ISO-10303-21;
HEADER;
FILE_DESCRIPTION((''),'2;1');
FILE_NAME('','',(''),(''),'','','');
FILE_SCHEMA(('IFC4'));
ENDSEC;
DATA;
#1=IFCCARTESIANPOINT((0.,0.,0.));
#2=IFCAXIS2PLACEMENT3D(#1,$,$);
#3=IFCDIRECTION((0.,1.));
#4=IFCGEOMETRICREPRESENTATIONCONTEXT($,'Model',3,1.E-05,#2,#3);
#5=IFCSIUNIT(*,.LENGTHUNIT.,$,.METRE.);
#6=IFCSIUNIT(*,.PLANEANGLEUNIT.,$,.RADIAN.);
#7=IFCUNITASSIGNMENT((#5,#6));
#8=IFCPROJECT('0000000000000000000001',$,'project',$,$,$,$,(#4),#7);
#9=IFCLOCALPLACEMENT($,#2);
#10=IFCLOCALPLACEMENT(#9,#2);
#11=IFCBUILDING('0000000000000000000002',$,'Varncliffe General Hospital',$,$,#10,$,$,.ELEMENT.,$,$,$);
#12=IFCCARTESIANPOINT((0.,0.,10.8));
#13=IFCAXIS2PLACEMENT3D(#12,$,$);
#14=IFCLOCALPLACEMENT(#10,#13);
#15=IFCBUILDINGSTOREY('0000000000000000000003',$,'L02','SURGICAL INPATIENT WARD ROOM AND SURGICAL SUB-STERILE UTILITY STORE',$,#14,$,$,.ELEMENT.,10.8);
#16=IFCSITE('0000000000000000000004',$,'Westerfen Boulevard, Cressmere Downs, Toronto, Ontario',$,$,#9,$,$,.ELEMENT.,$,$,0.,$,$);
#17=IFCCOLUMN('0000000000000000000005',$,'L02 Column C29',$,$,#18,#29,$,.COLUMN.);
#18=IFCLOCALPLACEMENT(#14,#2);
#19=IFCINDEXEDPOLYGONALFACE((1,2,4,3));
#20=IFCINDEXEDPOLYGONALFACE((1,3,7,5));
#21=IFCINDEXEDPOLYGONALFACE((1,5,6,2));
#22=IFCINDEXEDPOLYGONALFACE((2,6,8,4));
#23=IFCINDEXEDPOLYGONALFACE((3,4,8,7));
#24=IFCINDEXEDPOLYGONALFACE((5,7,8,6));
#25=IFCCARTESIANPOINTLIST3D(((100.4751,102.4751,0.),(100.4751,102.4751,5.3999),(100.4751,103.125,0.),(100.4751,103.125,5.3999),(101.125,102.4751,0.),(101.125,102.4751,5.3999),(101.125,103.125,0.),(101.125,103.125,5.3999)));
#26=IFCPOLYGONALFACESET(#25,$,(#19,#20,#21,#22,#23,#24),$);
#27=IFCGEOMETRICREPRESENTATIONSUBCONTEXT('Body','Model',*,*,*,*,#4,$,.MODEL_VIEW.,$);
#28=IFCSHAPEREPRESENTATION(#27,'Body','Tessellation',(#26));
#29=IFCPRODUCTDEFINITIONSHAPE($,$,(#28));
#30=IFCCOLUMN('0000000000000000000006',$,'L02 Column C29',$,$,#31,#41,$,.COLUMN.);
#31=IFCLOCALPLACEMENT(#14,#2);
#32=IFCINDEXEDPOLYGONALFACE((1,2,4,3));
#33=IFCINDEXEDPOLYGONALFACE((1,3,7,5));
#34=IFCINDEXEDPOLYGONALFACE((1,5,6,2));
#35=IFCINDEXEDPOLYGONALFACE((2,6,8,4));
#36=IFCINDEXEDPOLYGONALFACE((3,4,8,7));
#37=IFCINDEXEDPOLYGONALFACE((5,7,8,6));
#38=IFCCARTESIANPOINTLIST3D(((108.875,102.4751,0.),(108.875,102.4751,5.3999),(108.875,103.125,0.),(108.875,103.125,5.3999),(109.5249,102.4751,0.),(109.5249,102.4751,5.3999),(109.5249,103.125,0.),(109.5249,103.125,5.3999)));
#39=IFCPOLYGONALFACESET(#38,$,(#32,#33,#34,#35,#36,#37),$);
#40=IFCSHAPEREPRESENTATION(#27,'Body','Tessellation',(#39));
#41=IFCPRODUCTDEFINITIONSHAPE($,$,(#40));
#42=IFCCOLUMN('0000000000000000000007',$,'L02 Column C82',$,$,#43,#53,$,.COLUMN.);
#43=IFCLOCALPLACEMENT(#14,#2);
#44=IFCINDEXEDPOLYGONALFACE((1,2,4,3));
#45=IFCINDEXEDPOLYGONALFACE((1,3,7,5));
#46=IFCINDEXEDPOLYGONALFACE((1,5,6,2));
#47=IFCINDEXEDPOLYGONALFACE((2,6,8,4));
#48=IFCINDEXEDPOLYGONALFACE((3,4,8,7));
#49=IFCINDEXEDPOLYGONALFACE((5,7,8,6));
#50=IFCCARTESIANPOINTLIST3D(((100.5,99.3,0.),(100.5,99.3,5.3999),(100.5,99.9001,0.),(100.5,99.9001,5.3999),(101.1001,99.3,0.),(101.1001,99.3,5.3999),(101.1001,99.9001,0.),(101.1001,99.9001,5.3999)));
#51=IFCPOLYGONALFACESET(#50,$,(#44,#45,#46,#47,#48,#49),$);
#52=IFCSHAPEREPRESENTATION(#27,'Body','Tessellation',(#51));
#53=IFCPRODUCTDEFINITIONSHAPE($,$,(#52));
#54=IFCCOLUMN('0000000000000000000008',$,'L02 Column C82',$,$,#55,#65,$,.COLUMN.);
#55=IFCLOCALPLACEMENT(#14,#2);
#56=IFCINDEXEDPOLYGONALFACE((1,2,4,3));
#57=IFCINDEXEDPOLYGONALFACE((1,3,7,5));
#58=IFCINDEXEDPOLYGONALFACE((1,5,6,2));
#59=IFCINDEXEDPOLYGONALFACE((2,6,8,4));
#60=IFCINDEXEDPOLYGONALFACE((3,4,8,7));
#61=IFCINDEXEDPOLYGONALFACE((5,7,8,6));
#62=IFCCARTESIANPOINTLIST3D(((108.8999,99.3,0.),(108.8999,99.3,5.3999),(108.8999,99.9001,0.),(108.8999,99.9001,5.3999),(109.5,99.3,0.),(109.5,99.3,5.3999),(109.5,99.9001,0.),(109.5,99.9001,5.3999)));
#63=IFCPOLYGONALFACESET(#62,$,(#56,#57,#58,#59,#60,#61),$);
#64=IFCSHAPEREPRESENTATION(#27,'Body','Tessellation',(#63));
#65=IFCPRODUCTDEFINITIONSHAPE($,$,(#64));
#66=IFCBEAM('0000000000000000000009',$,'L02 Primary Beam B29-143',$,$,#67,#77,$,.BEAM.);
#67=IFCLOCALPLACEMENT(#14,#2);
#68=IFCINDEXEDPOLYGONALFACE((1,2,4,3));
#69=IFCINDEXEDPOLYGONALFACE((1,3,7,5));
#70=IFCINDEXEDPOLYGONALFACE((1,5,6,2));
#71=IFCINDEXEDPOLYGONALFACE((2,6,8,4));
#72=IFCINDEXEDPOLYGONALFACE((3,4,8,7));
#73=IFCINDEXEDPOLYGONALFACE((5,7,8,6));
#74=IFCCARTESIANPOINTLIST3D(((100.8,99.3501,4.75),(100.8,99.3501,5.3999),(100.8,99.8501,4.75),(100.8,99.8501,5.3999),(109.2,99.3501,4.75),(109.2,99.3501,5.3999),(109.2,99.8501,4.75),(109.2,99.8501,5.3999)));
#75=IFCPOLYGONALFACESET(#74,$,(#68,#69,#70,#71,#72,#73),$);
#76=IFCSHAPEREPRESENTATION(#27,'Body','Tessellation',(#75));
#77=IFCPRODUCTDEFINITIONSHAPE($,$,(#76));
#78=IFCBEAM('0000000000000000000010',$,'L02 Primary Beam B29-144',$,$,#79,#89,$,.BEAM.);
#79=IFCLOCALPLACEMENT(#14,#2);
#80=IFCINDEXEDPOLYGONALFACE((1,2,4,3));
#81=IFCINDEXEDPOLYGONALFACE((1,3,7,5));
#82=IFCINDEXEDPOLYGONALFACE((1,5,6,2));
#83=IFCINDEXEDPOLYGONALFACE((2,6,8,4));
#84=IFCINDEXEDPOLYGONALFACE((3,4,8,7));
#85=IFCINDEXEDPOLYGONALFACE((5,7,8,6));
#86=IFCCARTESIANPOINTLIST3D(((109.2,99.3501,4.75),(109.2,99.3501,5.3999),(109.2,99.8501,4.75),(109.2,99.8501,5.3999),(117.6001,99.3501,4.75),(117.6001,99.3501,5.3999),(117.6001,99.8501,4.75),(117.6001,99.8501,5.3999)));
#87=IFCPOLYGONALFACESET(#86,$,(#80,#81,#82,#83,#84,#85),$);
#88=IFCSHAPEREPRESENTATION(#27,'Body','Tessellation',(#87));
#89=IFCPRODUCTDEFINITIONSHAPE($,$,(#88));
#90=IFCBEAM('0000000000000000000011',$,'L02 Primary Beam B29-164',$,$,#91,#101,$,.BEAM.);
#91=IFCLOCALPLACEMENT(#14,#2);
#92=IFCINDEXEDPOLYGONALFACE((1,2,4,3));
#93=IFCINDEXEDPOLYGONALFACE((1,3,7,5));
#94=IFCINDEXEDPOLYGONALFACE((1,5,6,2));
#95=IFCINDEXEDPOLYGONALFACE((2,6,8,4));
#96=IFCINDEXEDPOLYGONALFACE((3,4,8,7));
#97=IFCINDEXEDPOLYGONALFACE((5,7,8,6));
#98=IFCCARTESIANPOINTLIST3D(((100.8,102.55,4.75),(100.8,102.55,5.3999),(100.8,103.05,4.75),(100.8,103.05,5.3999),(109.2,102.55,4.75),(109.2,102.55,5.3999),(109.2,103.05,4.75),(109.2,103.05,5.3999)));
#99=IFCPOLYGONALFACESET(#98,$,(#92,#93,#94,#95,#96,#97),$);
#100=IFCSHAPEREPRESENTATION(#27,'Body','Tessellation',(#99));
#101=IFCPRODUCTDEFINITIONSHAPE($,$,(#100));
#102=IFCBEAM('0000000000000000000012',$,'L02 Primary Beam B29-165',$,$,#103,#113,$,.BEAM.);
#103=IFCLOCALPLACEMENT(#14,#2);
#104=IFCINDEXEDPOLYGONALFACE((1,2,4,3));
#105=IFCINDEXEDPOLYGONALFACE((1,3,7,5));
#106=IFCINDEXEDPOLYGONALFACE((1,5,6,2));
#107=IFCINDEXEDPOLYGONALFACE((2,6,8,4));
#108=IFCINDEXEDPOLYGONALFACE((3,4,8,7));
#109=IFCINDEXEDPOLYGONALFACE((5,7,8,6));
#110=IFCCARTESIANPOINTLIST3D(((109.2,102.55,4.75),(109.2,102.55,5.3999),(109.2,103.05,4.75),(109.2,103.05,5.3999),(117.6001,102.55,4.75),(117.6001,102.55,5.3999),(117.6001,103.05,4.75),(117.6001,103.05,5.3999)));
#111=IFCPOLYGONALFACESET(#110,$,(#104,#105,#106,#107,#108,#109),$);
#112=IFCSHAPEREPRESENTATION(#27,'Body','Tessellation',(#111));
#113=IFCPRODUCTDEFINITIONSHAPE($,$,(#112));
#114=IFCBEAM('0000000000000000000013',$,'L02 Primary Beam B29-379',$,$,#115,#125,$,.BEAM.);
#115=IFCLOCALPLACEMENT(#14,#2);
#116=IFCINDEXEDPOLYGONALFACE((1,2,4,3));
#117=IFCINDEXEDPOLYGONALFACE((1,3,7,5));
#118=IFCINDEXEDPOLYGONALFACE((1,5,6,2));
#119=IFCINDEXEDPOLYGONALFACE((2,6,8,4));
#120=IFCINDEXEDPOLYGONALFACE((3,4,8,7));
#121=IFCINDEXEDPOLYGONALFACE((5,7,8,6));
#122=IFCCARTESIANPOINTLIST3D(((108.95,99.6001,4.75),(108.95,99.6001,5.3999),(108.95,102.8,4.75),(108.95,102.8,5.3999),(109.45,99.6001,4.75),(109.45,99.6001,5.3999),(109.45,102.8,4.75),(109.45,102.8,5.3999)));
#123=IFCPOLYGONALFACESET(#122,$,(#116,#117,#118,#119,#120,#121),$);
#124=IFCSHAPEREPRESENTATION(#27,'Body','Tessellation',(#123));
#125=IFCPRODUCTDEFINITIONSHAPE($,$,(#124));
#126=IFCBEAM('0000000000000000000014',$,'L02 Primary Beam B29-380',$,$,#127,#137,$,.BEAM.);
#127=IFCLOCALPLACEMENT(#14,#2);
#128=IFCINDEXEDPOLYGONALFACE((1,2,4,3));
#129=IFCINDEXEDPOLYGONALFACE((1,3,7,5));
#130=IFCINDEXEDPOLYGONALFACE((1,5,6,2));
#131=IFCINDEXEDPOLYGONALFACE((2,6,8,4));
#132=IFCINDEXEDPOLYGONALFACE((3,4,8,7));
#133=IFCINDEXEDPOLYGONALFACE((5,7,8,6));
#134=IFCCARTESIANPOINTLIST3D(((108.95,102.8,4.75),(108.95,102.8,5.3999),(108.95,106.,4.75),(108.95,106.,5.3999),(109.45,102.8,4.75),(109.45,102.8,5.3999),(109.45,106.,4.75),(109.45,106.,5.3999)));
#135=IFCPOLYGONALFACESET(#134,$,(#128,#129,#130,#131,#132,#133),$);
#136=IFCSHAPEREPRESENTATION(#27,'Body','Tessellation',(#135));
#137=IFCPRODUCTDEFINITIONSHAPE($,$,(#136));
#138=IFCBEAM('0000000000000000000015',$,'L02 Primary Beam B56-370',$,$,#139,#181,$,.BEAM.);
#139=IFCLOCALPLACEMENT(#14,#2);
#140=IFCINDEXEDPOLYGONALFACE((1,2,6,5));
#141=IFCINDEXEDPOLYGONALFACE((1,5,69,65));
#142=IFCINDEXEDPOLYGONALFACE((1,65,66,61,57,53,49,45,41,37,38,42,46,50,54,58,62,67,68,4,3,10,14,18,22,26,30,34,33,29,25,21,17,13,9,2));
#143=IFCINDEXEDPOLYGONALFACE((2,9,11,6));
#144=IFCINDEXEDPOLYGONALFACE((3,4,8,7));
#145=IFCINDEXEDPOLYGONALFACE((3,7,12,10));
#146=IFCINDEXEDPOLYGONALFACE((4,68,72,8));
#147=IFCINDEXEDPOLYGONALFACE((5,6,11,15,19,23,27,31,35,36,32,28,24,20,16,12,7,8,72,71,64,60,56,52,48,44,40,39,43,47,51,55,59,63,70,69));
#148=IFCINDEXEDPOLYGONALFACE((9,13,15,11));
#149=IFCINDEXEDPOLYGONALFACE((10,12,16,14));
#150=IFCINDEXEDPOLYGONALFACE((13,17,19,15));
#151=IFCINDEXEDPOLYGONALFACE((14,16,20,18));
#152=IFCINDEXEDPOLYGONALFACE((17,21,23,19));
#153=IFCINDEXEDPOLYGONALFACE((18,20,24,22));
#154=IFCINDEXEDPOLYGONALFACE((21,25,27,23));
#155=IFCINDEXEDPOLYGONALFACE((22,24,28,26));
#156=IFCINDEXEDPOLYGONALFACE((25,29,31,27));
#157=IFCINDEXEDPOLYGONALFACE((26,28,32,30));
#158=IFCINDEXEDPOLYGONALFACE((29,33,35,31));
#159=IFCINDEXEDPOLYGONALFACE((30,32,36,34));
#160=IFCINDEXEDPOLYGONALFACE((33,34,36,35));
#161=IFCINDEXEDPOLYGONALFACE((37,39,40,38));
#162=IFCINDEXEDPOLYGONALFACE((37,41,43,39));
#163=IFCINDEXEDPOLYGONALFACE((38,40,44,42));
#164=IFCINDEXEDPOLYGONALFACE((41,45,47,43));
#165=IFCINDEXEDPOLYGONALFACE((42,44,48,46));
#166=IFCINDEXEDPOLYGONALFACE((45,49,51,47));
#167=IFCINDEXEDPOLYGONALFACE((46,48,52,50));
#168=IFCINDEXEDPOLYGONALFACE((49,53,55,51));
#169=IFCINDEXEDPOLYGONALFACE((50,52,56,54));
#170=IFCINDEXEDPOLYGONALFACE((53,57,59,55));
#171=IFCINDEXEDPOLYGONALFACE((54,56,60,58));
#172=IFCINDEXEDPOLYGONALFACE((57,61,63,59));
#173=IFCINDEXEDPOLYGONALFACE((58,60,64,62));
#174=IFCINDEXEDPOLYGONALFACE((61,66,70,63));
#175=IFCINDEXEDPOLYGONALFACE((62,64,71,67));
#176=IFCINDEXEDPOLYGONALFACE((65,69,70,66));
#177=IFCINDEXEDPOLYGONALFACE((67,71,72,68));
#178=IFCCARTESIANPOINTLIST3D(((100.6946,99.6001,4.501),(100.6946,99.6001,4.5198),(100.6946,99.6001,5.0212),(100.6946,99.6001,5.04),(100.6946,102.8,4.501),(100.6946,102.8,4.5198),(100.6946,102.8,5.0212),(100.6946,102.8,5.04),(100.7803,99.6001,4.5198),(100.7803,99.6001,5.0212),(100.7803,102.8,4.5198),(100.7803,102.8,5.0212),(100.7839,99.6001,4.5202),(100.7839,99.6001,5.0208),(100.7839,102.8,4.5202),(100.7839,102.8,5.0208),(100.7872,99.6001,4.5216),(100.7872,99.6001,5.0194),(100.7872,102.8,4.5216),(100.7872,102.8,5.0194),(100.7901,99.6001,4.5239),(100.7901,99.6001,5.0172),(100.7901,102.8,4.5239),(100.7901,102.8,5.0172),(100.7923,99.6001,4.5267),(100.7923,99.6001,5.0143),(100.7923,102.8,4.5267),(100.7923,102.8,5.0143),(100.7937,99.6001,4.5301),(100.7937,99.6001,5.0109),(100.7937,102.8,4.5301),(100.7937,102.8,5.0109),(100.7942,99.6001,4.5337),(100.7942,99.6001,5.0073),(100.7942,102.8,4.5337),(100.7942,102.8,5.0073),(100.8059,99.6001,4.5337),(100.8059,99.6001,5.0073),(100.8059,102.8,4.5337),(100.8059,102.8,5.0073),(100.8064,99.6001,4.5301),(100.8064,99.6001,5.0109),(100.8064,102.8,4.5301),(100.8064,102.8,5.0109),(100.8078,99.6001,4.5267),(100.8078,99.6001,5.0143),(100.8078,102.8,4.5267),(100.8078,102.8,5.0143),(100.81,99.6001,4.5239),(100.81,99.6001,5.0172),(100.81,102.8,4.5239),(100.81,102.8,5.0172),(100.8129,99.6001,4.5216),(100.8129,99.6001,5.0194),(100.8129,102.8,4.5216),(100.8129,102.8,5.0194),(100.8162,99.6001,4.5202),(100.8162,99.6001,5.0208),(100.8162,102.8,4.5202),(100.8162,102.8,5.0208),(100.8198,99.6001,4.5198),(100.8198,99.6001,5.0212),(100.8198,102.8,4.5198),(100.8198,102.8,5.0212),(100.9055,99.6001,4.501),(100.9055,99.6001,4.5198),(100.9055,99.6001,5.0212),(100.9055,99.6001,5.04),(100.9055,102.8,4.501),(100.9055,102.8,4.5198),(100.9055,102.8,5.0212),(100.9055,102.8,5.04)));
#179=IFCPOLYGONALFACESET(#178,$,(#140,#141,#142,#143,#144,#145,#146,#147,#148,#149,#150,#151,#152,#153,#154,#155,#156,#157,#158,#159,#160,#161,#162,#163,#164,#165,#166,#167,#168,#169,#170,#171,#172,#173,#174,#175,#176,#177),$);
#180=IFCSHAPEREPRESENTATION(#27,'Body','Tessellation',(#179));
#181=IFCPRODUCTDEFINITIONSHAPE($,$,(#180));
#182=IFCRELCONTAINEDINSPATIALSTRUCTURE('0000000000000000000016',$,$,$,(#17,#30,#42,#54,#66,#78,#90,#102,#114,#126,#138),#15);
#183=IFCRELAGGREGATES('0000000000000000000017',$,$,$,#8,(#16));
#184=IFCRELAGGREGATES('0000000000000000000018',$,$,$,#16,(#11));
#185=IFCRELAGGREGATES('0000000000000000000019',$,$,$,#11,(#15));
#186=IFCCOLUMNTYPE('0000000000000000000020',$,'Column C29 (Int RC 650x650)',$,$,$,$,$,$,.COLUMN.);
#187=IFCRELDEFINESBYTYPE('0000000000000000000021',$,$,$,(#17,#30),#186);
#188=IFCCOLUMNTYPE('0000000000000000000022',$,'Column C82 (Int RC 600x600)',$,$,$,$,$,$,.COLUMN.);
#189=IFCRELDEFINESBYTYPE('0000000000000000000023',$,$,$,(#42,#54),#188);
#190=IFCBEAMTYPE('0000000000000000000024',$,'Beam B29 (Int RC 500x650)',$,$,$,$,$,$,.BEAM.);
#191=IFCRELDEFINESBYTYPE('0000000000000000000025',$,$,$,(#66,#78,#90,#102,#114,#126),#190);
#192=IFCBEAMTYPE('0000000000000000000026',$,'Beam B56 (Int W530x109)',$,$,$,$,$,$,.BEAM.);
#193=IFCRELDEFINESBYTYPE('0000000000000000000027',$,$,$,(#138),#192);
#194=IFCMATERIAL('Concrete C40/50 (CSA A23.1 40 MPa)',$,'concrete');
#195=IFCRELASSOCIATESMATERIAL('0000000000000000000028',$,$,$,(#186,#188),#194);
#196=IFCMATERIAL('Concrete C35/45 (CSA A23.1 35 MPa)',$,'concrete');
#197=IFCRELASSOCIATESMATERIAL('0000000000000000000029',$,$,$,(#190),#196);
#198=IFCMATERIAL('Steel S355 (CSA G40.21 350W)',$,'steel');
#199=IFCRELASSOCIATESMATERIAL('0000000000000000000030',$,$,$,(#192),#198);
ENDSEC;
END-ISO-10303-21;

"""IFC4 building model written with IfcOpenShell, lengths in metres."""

from ifc_helpers import new_model, si_unit, direction, frame, origin, origin_2d, place, context, subcontext, project, spatial, rectangle, i_section, extrude, material, material_profile, profile_set, type_object, element, save


model = new_model("IFC4")

# Units and contexts
model_context = context("Model", 3, precision=1e-05, world=origin(), true_north=direction((0.0, 1.0)))
body_context = subcontext(model_context, "Body", "Model", "MODEL_VIEW")
ifc_project = project(units=[si_unit("LENGTHUNIT", "METRE"), si_unit("PLANEANGLEUNIT", "RADIAN")], contexts=[model_context])

# Site, building, storey
site_placement = place(None, origin())
site = spatial("IfcSite", under=ifc_project, at=site_placement, Name="Westerfen Boulevard, Cressmere Downs, Toronto, Ontario", CompositionType="ELEMENT", RefElevation=0.0)
building_placement = place(site_placement, origin())
building = spatial("IfcBuilding", under=site, at=building_placement, Name="Varncliffe General Hospital", CompositionType="ELEMENT")
storey_placement = place(building_placement, frame((0.0, 0.0, 10.8)))
storey = spatial("IfcBuildingStorey", under=building, at=storey_placement, Name="L02", Description="SURGICAL INPATIENT WARD ROOM AND SURGICAL SUB-STERILE UTILITY STORE", CompositionType="ELEMENT", Elevation=10.8)

# Columns
ifc_material_1 = material(Name="Concrete C40/50 (CSA A23.1 40 MPa)", Category="concrete")
ifc_material_profile_1 = material_profile(ifc_material_1, rectangle(XDim=0.6499, YDim=0.6499, at=origin_2d()), Name="RC 650x650")
ifc_profile_set_1 = profile_set([ifc_material_profile_1], Name="Concrete C40/50 (CSA A23.1 40 MPa)")
column_type_1 = type_object("IfcColumnType", Name="Column C29 (Int RC 650x650)", PredefinedType="COLUMN", material=ifc_profile_set_1)
for number, where, z_axis, x_axis, name in (
    (1, (100.8, 102.8, 0.0), (0.0, 0.0, 1.0), (1.0, 0.0, 0.0), "L02 Column C29"),
    (2, (109.2, 102.8, 0.0), (0.0, 0.0, 1.0), (1.0, 0.0, 0.0), "L02 Column C29"),
):
    element("IfcColumn", number, at=place(storey_placement, frame(where, z_axis=z_axis, x_axis=x_axis)), inside=storey, type_object=column_type_1, Name=name, PredefinedType="COLUMN", context=body_context, shape_type="SweptSolid", body=[
        extrude(rectangle(XDim=0.6499, YDim=0.6499, at=origin_2d()), origin(), (0.0, 0.0, 1.0), 5.3999),
    ])
ifc_material_profile_2 = material_profile(ifc_material_1, rectangle(XDim=0.6001, YDim=0.6001, at=origin_2d()), Name="RC 600x600")
ifc_profile_set_2 = profile_set([ifc_material_profile_2], Name="Concrete C40/50 (CSA A23.1 40 MPa)")
column_type_2 = type_object("IfcColumnType", Name="Column C82 (Int RC 600x600)", PredefinedType="COLUMN", material=ifc_profile_set_2)
for number, where, z_axis, x_axis, name in (
    (3, (100.8, 99.6001, 0.0), (0.0, 0.0, 1.0), (1.0, 0.0, 0.0), "L02 Column C82"),
    (4, (109.2, 99.6001, 0.0), (0.0, 0.0, 1.0), (1.0, 0.0, 0.0), "L02 Column C82"),
):
    element("IfcColumn", number, at=place(storey_placement, frame(where, z_axis=z_axis, x_axis=x_axis)), inside=storey, type_object=column_type_2, Name=name, PredefinedType="COLUMN", context=body_context, shape_type="SweptSolid", body=[
        extrude(rectangle(XDim=0.6001, YDim=0.6001, at=origin_2d()), origin(), (0.0, 0.0, 1.0), 5.3999),
    ])

# Beams
ifc_material_2 = material(Name="Concrete C35/45 (CSA A23.1 35 MPa)", Category="concrete")
ifc_material_profile_3 = material_profile(ifc_material_2, rectangle(XDim=0.5, YDim=0.6499, at=origin_2d()), Name="RC 500x650")
ifc_profile_set_3 = profile_set([ifc_material_profile_3], Name="Concrete C35/45 (CSA A23.1 35 MPa)")
beam_type_1 = type_object("IfcBeamType", Name="Beam B29 (Int RC 500x650)", PredefinedType="BEAM", material=ifc_profile_set_3)
beam_1_placement = place(storey_placement, frame((100.8, 99.6001, 5.075), z_axis=(1.0, 0.0, 0.0), x_axis=(0.0, 1.0, 0.0)))
element("IfcBeam", 5, at=beam_1_placement, inside=storey, type_object=beam_type_1, Name="L02 Primary Beam B29-143", PredefinedType="BEAM", context=body_context, shape_type="SweptSolid", body=[
    extrude(rectangle(XDim=0.5, YDim=0.6499, at=origin_2d()), origin(), (0.0, 0.0, 1.0), 8.3999),
])
beam_2_placement = place(storey_placement, frame((109.2, 99.6001, 5.075), z_axis=(1.0, 0.0, 0.0), x_axis=(0.0, 1.0, 0.0)))
element("IfcBeam", 6, at=beam_2_placement, inside=storey, type_object=beam_type_1, Name="L02 Primary Beam B29-144", PredefinedType="BEAM", context=body_context, shape_type="SweptSolid", body=[
    extrude(rectangle(XDim=0.5, YDim=0.6499, at=origin_2d()), origin(), (0.0, 0.0, 1.0), 8.4001),
])
beam_3_placement = place(storey_placement, frame((100.8, 102.8, 5.075), z_axis=(1.0, 0.0, 0.0), x_axis=(0.0, 1.0, 0.0)))
element("IfcBeam", 7, at=beam_3_placement, inside=storey, type_object=beam_type_1, Name="L02 Primary Beam B29-164", PredefinedType="BEAM", context=body_context, shape_type="SweptSolid", body=[
    extrude(rectangle(XDim=0.5, YDim=0.6499, at=origin_2d()), origin(), (0.0, 0.0, 1.0), 8.3999),
])
beam_4_placement = place(storey_placement, frame((109.2, 102.8, 5.075), z_axis=(1.0, 0.0, 0.0), x_axis=(0.0, 1.0, 0.0)))
element("IfcBeam", 8, at=beam_4_placement, inside=storey, type_object=beam_type_1, Name="L02 Primary Beam B29-165", PredefinedType="BEAM", context=body_context, shape_type="SweptSolid", body=[
    extrude(rectangle(XDim=0.5, YDim=0.6499, at=origin_2d()), origin(), (0.0, 0.0, 1.0), 8.4001),
])
for number, where, z_axis, x_axis, name in (
    (9, (109.2, 99.6001, 5.075), (0.0, 1.0, 0.0), (-1.0, 0.0, 0.0), "L02 Primary Beam B29-379"),
    (10, (109.2, 102.8, 5.075), (0.0, 1.0, 0.0), (-1.0, 0.0, 0.0), "L02 Primary Beam B29-380"),
):
    element("IfcBeam", number, at=place(storey_placement, frame(where, z_axis=z_axis, x_axis=x_axis)), inside=storey, type_object=beam_type_1, Name=name, PredefinedType="BEAM", context=body_context, shape_type="SweptSolid", body=[
        extrude(rectangle(XDim=0.5, YDim=0.6499, at=origin_2d()), origin(), (0.0, 0.0, 1.0), 3.2),
    ])
ifc_material_3 = material(Name="Steel S355 (CSA G40.21 350W)", Category="steel")
ifc_material_profile_4 = material_profile(ifc_material_3, i_section(OverallWidth=0.2109, OverallDepth=0.5391, WebThickness=0.0117, FlangeThickness=0.0188, FilletRadius=0.0139, at=origin_2d()), Name="W530x109")
ifc_profile_set_4 = profile_set([ifc_material_profile_4], Name="Steel S355 (CSA G40.21 350W)")
beam_type_2 = type_object("IfcBeamType", Name="Beam B56 (Int W530x109)", PredefinedType="BEAM", material=ifc_profile_set_4)
beam_5_placement = place(storey_placement, frame((100.8, 99.6001, 4.7705), z_axis=(0.0, 1.0, 0.0), x_axis=(-1.0, 0.0, 0.0)))
element("IfcBeam", 11, at=beam_5_placement, inside=storey, type_object=beam_type_2, Name="L02 Primary Beam B56-370", PredefinedType="BEAM", context=body_context, shape_type="SweptSolid", body=[
    extrude(i_section(OverallWidth=0.2109, OverallDepth=0.5391, WebThickness=0.0117, FlangeThickness=0.0188, FilletRadius=0.0139, at=origin_2d()), origin(), (0.0, 0.0, 1.0), 3.2),
])

save(model, "model.ifc")
